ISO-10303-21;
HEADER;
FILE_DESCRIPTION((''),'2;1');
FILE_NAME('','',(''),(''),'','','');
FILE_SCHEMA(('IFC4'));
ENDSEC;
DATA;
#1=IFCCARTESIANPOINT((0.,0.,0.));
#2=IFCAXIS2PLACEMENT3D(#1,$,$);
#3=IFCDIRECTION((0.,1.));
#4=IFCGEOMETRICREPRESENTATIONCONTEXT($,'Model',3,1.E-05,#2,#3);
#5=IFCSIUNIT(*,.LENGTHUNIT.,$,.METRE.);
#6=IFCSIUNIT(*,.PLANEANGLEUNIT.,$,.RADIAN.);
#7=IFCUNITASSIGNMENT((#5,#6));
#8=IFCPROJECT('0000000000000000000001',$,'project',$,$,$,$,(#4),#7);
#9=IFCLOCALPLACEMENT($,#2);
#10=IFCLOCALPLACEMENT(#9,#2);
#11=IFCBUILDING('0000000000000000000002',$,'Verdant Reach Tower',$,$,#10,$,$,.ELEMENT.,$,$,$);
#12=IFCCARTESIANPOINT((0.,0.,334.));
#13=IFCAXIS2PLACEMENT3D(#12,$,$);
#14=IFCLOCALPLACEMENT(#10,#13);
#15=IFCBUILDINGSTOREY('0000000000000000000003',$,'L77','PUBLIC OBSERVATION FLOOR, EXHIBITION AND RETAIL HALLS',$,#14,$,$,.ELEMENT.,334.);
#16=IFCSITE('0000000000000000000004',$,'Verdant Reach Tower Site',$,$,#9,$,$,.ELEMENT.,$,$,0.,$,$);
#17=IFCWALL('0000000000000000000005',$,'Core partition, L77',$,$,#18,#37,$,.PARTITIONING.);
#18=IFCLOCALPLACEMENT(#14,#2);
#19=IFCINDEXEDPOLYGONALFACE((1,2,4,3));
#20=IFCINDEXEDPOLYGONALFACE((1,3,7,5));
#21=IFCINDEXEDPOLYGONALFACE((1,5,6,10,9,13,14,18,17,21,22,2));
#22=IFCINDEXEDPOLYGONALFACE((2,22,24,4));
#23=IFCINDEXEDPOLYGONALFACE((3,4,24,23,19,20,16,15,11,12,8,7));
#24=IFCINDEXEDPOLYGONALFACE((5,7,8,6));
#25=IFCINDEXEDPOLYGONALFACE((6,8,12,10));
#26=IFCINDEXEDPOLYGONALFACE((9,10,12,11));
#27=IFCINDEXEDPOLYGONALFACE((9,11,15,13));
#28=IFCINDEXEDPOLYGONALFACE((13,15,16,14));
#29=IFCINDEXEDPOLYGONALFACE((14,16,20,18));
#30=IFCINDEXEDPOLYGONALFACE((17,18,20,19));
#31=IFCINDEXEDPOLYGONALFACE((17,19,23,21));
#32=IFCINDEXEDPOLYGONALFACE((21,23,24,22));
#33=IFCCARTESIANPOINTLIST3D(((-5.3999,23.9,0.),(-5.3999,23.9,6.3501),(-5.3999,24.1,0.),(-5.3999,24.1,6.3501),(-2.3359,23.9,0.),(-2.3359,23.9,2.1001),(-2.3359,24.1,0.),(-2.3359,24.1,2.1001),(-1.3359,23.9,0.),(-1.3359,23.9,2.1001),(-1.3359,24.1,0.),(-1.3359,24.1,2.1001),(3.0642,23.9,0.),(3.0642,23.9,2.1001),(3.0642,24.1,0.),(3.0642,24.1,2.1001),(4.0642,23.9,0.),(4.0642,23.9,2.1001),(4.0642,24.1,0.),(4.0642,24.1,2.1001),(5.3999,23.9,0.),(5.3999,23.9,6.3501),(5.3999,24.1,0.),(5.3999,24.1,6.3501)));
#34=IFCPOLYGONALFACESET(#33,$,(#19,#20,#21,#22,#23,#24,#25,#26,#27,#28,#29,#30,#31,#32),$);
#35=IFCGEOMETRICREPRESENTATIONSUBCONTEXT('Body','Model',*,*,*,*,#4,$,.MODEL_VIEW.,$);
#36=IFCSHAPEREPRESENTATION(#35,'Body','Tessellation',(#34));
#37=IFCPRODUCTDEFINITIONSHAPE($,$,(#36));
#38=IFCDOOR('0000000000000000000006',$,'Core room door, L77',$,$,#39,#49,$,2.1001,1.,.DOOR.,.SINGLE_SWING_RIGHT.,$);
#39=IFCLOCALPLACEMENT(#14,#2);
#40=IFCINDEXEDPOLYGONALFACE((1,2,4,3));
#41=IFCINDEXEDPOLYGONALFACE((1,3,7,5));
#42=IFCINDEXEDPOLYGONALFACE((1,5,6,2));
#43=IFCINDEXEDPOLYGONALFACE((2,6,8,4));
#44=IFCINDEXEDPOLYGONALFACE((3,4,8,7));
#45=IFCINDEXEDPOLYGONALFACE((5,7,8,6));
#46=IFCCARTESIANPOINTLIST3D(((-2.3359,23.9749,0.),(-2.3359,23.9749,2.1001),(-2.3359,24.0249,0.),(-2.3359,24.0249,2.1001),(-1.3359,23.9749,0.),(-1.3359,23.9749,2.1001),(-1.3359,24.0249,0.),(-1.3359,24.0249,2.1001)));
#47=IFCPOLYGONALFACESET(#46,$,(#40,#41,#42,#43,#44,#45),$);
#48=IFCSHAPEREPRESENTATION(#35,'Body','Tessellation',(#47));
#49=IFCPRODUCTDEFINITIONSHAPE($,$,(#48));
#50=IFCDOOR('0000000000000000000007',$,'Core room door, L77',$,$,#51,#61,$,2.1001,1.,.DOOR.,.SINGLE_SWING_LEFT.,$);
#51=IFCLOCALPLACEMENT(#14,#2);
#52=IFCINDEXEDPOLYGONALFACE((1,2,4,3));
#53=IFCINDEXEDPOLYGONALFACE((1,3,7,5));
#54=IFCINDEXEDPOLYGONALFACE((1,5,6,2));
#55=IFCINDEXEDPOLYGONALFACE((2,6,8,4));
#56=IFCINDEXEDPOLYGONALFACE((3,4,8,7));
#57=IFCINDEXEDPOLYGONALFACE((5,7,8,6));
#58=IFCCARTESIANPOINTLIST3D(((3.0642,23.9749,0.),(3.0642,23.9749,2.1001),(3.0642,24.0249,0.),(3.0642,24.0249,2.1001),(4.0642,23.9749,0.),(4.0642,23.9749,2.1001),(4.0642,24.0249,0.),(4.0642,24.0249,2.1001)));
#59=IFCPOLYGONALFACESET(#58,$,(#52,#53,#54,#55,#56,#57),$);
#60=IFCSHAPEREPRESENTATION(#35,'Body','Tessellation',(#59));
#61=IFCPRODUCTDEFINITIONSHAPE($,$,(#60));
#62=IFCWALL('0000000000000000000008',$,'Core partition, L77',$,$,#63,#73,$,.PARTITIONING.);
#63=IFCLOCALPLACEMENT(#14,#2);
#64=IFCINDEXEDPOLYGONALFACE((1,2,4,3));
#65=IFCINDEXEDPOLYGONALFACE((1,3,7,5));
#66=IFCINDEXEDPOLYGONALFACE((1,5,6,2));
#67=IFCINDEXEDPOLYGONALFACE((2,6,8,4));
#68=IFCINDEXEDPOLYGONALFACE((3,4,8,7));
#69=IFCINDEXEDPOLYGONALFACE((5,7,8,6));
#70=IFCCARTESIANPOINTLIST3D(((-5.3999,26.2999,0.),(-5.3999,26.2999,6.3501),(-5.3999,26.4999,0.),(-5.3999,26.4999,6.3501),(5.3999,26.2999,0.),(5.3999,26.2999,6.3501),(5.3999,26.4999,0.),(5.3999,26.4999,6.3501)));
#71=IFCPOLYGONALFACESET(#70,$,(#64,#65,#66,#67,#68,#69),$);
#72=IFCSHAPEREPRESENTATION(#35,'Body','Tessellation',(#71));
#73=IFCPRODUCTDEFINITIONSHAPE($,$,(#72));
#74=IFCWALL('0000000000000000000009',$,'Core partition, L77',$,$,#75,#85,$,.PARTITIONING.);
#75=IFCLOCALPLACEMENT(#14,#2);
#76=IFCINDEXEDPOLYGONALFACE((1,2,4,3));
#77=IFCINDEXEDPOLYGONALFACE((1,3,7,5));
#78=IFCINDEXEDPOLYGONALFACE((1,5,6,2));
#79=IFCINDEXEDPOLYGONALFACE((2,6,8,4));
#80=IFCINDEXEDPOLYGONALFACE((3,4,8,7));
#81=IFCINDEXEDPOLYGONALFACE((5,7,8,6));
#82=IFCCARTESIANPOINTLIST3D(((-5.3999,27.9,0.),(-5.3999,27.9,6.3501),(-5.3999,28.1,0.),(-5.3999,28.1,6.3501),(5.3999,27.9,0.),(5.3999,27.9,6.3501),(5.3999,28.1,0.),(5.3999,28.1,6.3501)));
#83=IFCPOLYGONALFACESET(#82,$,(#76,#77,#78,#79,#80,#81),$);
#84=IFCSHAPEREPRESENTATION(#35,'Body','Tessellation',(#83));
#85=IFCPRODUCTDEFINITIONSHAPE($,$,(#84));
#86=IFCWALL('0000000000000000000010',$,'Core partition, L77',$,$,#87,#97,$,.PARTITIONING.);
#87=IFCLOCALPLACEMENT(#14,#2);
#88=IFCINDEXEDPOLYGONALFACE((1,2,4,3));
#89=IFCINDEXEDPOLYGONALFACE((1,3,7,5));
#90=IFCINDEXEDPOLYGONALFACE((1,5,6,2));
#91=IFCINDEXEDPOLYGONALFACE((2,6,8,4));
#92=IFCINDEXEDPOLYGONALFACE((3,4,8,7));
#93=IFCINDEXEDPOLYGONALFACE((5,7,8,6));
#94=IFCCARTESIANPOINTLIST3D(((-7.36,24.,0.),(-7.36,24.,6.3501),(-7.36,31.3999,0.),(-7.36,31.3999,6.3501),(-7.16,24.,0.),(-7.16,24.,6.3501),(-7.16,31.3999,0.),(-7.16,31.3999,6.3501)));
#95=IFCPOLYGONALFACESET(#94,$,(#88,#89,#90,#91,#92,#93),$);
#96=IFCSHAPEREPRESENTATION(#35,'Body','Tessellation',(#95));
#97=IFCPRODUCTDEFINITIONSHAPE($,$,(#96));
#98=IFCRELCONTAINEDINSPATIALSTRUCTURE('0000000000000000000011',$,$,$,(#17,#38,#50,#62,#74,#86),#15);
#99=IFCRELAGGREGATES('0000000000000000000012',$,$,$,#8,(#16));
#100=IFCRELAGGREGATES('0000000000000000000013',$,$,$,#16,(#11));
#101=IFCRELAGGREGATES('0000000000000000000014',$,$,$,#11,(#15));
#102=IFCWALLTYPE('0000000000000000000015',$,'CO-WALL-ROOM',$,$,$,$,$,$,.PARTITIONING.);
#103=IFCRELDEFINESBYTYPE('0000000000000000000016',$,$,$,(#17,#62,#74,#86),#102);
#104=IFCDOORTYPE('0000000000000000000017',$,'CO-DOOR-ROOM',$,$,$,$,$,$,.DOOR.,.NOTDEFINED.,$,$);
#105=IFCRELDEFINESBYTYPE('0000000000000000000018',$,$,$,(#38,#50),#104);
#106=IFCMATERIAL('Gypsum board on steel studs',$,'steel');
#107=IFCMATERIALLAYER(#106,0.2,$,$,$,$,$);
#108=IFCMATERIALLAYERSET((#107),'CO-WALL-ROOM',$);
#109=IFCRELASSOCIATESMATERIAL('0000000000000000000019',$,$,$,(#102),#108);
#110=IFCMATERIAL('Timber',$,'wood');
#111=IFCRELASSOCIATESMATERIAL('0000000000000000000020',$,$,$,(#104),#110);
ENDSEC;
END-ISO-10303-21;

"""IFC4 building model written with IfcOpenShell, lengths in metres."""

from ifc_helpers import new_model, si_unit, direction, frame, frame_2d, origin, place, context, subcontext, project, spatial, rectangle, extrude, material, layer, layer_set, type_object, element, fill, save


model = new_model("IFC4")

# Units and contexts
model_context = context("Model", 3, precision=1e-05, world=origin(), true_north=direction((0.0, 1.0)))
body_context = subcontext(model_context, "Body", "Model", "MODEL_VIEW")
ifc_project = project(units=[si_unit("LENGTHUNIT", "METRE"), si_unit("PLANEANGLEUNIT", "RADIAN")], contexts=[model_context])

# Site, building, storey
site_placement = place(None, origin())
site = spatial("IfcSite", under=ifc_project, at=site_placement, Name="Verdant Reach Tower Site", CompositionType="ELEMENT", RefElevation=0.0)
building_placement = place(site_placement, origin())
building = spatial("IfcBuilding", under=site, at=building_placement, Name="Verdant Reach Tower", CompositionType="ELEMENT")
storey_placement = place(building_placement, frame((0.0, 0.0, 334.0)))
storey = spatial("IfcBuildingStorey", under=building, at=storey_placement, Name="L77", Description="PUBLIC OBSERVATION FLOOR, EXHIBITION AND RETAIL HALLS", CompositionType="ELEMENT", Elevation=334.0)

# Wall, openings, doors
ifc_material_1 = material(Name="Gypsum board on steel studs", Category="steel")
ifc_layer_1 = layer(ifc_material_1, 0.2)
ifc_layer_set_1 = layer_set([ifc_layer_1], Name="CO-WALL-ROOM")
wall_type_1 = type_object("IfcWallType", Name="CO-WALL-ROOM", PredefinedType="PARTITIONING", material=ifc_layer_set_1)
wall_1_placement = place(storey_placement, frame((-5.3999, 24.0, 0.0), z_axis=(0.0, 0.0, 1.0), x_axis=(1.0, 0.0, 0.0)))
wall_1 = element("IfcWall", 1, at=wall_1_placement, inside=storey, type_object=wall_type_1, Name="Core partition, L77", PredefinedType="PARTITIONING", context=body_context, shape_type="SweptSolid", body=[
    extrude(rectangle(XDim=10.7998, YDim=0.2, at=frame_2d((5.3999, 0.0))), origin(), (0.0, 0.0, 1.0), 6.3501),
])
opening_1_placement = place(wall_1_placement, frame((3.064, 0.0, 0.0)))
opening_1 = element("IfcOpeningElement", 2, at=opening_1_placement, cuts=wall_1, PredefinedType="OPENING", context=body_context, shape_type="SweptSolid", body=[
    extrude(rectangle(XDim=1.0, YDim=2.1001, at=frame_2d((0.5, 1.05))), frame((0.0, 0.1099, 0.0), z_axis=(0.0, -1.0, 0.0), x_axis=(1.0, 0.0, 0.0)), (0.0, 0.0, 1.0), 0.22),
])
opening_2_placement = place(wall_1_placement, frame((8.4641, 0.0, 0.0)))
opening_2 = element("IfcOpeningElement", 3, at=opening_2_placement, cuts=wall_1, PredefinedType="OPENING", context=body_context, shape_type="SweptSolid", body=[
    extrude(rectangle(XDim=1.0, YDim=2.1001, at=frame_2d((0.5, 1.05))), frame((0.0, 0.1099, 0.0), z_axis=(0.0, -1.0, 0.0), x_axis=(1.0, 0.0, 0.0)), (0.0, 0.0, 1.0), 0.22),
])
ifc_material_2 = material(Name="Timber", Category="wood")
door_type_1 = type_object("IfcDoorType", Name="CO-DOOR-ROOM", OperationType="NOTDEFINED", PredefinedType="DOOR", material=ifc_material_2)
door_1_placement = place(opening_1_placement, origin())
door_1 = element("IfcDoor", 4, at=door_1_placement, inside=storey, type_object=door_type_1, Name="Core room door, L77", OperationType="SINGLE_SWING_RIGHT", OverallHeight=2.1001, OverallWidth=1.0, PredefinedType="DOOR", context=body_context, shape_type="SweptSolid", body=[
    extrude(rectangle(XDim=1.0, YDim=2.1001, at=frame_2d((0.5, 1.05))), frame((0.0, 0.0249, 0.0), z_axis=(0.0, -1.0, 0.0), x_axis=(1.0, 0.0, 0.0)), (0.0, 0.0, 1.0), 0.05),
])
fill(opening_1, door_1)
door_2_placement = place(opening_2_placement, origin())
door_2 = element("IfcDoor", 5, at=door_2_placement, inside=storey, type_object=door_type_1, Name="Core room door, L77", OperationType="SINGLE_SWING_LEFT", OverallHeight=2.1001, OverallWidth=1.0, PredefinedType="DOOR", context=body_context, shape_type="SweptSolid", body=[
    extrude(rectangle(XDim=1.0, YDim=2.1001, at=frame_2d((0.5, 1.05))), frame((0.0, 0.0249, 0.0), z_axis=(0.0, -1.0, 0.0), x_axis=(1.0, 0.0, 0.0)), (0.0, 0.0, 1.0), 0.05),
])
fill(opening_2, door_2)

# Walls
for number, where, z_axis, x_axis, name in (
    (6, (-5.3999, 26.3999, 0.0), (0.0, 0.0, 1.0), (1.0, 0.0, 0.0), "Core partition, L77"),
    (7, (-5.3999, 28.0, 0.0), (0.0, 0.0, 1.0), (1.0, 0.0, 0.0), "Core partition, L77"),
):
    element("IfcWall", number, at=place(storey_placement, frame(where, z_axis=z_axis, x_axis=x_axis)), inside=storey, type_object=wall_type_1, Name=name, PredefinedType="PARTITIONING", context=body_context, shape_type="SweptSolid", body=[
        extrude(rectangle(XDim=10.7998, YDim=0.2, at=frame_2d((5.3999, 0.0))), origin(), (0.0, 0.0, 1.0), 6.3501),
    ])
wall_2_placement = place(storey_placement, frame((-7.26, 24.0, 0.0), z_axis=(0.0, 0.0, 1.0), x_axis=(0.0, 1.0, 0.0)))
element("IfcWall", 8, at=wall_2_placement, inside=storey, type_object=wall_type_1, Name="Core partition, L77", PredefinedType="PARTITIONING", context=body_context, shape_type="SweptSolid", body=[
    extrude(rectangle(XDim=7.3999, YDim=0.2, at=frame_2d((3.7, 0.0))), origin(), (0.0, 0.0, 1.0), 6.3501),
])

save(model, "model.ifc")
